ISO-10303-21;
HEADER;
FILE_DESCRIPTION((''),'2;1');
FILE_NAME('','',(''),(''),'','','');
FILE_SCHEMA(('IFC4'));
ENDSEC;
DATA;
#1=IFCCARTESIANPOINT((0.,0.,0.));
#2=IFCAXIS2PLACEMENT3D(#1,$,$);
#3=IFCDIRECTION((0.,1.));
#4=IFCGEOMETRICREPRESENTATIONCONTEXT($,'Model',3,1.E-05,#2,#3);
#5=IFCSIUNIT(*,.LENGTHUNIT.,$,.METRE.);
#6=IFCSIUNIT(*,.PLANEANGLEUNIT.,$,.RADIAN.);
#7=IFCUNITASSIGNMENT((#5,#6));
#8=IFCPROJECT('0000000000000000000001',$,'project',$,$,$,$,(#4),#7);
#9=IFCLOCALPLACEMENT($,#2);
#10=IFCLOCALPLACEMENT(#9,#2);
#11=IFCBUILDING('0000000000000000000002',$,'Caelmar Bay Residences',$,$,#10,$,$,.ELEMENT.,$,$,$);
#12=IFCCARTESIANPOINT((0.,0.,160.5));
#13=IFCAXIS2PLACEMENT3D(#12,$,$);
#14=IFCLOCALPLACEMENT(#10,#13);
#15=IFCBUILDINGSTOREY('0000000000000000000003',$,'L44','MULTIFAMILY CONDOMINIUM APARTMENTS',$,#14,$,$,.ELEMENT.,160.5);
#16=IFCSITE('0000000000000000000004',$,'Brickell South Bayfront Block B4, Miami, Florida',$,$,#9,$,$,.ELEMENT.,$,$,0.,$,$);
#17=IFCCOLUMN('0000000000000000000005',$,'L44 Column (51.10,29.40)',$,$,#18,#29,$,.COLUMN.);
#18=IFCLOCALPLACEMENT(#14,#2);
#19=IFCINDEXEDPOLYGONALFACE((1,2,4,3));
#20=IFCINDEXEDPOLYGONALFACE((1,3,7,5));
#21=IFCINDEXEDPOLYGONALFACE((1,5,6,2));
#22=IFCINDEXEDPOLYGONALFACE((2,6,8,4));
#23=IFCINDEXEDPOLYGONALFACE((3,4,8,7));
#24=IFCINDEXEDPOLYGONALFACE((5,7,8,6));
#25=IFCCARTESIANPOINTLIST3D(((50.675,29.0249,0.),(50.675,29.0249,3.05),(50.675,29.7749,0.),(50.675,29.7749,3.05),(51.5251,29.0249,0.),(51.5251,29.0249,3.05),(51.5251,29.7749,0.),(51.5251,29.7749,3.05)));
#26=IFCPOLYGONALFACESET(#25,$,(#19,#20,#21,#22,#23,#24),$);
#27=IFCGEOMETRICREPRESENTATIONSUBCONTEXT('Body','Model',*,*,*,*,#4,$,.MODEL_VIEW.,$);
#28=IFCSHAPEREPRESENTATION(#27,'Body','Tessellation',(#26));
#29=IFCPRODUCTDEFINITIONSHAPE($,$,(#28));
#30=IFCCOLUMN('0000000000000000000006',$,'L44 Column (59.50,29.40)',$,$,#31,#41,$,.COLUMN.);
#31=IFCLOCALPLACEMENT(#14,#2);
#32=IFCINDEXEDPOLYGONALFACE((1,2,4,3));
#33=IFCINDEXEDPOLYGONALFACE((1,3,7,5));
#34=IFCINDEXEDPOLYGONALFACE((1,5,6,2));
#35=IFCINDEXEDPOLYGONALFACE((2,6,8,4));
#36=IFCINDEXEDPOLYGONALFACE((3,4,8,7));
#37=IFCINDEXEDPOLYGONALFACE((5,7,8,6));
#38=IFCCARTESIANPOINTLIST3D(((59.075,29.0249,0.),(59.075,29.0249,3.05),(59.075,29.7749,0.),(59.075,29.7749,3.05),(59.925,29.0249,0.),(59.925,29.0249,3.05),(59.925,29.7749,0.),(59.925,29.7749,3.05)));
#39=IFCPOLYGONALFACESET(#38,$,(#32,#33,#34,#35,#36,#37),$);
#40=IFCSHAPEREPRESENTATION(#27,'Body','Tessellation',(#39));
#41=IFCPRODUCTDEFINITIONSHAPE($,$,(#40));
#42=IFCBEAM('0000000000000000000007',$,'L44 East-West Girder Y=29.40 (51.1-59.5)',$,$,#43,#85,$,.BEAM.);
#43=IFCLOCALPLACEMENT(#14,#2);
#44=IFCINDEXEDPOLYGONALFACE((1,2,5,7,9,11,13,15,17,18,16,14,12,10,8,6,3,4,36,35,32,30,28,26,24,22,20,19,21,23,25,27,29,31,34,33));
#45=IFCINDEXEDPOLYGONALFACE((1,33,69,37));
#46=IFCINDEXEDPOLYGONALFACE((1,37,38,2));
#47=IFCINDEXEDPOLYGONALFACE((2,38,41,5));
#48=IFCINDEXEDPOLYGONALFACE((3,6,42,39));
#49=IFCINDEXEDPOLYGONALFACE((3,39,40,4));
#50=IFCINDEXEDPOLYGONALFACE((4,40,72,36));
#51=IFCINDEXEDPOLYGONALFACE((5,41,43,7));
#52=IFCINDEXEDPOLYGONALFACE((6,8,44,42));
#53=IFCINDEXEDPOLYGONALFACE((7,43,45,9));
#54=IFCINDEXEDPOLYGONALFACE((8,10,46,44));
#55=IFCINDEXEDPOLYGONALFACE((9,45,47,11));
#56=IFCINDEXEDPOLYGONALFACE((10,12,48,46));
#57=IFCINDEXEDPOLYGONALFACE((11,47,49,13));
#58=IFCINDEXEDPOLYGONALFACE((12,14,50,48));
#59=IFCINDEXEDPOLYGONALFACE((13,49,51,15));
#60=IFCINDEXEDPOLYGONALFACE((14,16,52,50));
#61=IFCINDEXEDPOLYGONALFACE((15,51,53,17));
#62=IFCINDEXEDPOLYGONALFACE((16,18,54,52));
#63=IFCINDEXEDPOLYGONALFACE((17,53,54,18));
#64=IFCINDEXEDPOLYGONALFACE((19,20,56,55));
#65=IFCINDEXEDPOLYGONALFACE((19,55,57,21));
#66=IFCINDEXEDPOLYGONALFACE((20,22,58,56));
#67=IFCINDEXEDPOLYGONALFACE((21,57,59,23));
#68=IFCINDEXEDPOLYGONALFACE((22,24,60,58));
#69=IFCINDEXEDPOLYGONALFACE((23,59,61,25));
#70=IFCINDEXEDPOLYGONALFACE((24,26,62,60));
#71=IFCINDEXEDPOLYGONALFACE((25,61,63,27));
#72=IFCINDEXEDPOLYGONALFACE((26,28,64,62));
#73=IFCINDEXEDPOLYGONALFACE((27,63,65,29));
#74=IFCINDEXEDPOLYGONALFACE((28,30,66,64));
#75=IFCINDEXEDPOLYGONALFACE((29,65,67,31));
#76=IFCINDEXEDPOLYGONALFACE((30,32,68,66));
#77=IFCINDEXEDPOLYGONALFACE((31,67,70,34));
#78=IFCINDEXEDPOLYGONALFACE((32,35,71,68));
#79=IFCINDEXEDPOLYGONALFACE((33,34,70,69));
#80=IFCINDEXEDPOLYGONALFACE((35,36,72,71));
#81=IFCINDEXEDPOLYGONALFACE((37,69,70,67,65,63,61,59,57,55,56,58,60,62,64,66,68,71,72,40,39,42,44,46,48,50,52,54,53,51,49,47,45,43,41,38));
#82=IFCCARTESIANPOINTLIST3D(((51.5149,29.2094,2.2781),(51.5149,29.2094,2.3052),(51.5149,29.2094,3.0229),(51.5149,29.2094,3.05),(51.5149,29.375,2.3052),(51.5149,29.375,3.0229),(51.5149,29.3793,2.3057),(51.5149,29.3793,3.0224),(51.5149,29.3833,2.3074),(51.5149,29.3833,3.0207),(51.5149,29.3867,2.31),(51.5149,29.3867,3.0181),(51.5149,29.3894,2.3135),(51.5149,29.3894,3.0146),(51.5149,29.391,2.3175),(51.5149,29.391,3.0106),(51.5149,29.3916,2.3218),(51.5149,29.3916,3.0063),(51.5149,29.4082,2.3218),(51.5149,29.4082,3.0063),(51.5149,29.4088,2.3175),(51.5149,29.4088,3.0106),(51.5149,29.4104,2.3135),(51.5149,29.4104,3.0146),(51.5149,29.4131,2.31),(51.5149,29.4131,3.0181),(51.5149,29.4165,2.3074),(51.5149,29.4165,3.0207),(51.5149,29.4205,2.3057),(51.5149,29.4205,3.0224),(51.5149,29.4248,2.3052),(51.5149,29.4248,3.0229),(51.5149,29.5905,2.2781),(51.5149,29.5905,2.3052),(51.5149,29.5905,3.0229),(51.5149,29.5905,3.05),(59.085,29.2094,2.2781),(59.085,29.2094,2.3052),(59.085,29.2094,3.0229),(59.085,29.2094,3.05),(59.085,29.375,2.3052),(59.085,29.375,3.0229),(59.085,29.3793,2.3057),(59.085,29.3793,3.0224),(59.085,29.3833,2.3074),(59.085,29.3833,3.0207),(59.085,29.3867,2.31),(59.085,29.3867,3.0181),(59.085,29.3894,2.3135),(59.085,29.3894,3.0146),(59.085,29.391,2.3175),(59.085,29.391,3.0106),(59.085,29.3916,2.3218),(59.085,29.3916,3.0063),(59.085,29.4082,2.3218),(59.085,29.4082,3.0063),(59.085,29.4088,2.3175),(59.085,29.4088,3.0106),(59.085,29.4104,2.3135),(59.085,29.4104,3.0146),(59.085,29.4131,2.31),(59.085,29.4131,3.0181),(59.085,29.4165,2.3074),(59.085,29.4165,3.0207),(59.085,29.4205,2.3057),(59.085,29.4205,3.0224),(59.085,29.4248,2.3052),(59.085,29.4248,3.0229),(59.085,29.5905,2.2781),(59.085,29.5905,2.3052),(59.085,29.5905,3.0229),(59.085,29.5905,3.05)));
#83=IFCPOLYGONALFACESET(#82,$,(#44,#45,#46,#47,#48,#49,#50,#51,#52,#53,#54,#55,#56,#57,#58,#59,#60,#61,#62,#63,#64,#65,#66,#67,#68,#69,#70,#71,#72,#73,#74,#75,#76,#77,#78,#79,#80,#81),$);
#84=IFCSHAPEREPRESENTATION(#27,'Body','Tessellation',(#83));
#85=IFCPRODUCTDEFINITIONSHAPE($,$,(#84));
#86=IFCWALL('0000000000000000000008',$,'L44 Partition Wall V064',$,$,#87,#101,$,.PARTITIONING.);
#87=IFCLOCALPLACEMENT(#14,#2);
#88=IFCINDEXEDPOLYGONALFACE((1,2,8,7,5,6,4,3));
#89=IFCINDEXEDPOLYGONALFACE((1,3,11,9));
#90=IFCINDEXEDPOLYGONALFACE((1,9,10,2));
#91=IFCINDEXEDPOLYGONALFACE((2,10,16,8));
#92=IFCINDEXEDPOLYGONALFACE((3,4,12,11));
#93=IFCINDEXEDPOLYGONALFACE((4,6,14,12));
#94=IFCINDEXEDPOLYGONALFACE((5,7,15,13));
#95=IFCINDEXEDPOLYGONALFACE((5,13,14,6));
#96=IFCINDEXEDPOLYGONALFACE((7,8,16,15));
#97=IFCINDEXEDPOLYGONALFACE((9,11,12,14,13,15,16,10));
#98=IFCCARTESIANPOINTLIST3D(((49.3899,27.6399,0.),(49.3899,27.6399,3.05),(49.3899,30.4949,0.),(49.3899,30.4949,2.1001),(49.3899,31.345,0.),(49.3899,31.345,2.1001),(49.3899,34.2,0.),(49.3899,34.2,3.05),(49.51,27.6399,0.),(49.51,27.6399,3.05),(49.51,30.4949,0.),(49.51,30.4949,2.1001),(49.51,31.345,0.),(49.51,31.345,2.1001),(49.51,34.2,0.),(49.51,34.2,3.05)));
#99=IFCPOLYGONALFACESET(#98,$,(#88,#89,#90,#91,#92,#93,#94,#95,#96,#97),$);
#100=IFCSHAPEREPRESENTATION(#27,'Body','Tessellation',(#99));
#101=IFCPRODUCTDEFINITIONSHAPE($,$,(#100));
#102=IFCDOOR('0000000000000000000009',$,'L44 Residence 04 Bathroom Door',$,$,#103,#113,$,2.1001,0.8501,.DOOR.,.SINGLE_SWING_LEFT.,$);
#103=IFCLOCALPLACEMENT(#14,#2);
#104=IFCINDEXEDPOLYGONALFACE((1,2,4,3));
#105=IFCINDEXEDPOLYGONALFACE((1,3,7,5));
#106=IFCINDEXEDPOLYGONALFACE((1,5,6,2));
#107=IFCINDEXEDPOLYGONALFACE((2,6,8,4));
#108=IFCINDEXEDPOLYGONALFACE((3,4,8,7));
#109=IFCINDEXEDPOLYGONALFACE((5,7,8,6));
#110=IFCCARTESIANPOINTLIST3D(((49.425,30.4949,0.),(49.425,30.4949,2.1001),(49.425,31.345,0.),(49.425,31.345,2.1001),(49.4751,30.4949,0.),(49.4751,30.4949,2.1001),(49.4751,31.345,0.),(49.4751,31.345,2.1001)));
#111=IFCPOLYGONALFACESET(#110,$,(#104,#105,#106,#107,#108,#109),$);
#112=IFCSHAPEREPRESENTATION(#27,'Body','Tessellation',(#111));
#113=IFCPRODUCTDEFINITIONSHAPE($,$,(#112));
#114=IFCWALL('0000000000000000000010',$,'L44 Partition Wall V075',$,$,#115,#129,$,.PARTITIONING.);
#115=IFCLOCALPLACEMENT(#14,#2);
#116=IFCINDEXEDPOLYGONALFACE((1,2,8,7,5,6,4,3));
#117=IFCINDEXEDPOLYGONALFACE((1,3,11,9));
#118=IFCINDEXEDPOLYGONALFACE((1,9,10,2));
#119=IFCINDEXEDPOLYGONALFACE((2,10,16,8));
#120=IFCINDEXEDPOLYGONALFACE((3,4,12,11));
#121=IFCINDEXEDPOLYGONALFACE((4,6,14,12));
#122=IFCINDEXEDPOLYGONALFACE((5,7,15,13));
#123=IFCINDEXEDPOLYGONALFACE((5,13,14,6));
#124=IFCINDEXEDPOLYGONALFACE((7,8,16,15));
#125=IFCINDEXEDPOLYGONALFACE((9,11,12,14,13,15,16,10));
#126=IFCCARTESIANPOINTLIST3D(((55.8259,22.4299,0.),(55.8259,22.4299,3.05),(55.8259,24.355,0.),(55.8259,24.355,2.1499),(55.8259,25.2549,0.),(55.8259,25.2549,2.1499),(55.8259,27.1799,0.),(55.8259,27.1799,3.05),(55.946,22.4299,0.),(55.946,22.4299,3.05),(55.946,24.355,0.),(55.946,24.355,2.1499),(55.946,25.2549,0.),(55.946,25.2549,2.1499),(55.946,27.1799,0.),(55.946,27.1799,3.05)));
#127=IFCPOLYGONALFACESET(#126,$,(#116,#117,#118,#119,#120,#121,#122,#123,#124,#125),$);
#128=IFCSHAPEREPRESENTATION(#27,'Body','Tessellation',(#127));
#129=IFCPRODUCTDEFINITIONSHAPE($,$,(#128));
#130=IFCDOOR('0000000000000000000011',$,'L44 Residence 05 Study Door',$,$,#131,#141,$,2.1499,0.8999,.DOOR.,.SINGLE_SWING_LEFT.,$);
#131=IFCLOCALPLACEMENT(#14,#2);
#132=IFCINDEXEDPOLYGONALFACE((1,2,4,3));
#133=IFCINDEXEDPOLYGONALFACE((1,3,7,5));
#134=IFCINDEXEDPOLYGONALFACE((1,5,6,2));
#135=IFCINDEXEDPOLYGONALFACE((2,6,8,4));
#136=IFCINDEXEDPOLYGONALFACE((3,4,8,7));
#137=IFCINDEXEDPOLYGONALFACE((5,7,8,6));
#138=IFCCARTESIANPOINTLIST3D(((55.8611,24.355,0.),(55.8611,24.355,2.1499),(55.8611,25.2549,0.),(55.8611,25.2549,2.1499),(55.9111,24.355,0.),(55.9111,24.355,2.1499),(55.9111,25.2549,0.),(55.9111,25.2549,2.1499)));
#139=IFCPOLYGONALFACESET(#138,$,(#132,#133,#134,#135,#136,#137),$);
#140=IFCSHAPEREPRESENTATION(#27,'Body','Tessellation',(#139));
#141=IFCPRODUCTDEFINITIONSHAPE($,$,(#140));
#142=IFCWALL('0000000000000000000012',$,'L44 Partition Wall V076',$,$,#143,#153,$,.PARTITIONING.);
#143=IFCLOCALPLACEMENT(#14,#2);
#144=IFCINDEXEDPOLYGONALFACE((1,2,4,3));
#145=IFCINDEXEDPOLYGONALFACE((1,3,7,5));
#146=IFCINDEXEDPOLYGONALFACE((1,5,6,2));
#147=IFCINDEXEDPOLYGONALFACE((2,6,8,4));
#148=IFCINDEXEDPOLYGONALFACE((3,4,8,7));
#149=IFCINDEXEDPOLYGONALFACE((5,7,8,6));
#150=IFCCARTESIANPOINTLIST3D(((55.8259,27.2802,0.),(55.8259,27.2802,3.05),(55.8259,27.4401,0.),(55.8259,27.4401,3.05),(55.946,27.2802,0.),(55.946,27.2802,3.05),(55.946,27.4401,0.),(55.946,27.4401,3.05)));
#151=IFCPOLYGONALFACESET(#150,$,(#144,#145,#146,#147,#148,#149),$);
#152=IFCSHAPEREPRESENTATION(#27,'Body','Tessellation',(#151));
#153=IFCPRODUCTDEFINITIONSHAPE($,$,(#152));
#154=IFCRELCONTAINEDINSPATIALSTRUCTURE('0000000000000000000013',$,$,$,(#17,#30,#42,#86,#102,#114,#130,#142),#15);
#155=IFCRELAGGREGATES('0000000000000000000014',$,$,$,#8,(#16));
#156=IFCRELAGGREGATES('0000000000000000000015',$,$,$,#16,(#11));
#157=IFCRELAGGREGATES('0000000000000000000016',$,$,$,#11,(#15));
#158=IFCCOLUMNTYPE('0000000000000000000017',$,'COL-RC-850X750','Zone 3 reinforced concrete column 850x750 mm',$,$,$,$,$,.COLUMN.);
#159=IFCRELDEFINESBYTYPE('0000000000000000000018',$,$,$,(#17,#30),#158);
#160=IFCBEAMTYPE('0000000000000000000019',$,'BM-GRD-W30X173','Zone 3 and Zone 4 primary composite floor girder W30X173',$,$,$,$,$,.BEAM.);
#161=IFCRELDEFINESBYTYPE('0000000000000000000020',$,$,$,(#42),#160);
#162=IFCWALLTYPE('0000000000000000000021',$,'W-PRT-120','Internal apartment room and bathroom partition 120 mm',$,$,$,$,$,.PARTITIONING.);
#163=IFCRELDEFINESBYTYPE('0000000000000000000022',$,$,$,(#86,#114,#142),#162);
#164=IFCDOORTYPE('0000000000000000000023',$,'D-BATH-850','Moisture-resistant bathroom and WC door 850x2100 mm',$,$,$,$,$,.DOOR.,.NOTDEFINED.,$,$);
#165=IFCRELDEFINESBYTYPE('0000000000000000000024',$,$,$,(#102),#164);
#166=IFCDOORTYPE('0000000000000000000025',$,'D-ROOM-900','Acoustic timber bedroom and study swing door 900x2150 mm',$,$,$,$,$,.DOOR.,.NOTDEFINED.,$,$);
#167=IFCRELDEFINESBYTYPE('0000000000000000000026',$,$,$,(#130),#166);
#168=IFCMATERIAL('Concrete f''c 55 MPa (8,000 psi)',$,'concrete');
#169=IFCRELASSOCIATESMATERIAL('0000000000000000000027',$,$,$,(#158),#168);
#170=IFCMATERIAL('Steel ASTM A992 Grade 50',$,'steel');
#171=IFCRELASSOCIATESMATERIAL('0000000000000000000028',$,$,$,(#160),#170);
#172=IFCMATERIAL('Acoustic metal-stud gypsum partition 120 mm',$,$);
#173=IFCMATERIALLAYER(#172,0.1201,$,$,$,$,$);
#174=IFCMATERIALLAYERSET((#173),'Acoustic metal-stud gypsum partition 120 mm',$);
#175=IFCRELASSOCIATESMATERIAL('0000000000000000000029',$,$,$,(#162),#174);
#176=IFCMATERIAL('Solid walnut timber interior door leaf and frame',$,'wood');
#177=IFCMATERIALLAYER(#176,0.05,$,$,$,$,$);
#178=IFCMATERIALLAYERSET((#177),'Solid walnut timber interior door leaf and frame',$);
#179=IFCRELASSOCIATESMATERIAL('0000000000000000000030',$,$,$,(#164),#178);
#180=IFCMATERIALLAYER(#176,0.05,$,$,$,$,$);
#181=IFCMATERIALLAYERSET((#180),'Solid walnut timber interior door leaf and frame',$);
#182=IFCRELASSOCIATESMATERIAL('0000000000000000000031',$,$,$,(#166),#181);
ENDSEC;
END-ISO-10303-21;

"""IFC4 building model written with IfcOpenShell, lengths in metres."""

from ifc_helpers import new_model, si_unit, direction, frame, frame_2d, origin, origin_2d, place, context, subcontext, project, spatial, rectangle, i_section, extrude, material, layer, layer_set, material_profile, profile_set, type_object, element, fill, save


model = new_model("IFC4")

# Units and contexts
model_context = context("Model", 3, precision=1e-05, world=origin(), true_north=direction((0.0, 1.0)))
body_context = subcontext(model_context, "Body", "Model", "MODEL_VIEW")
ifc_project = project(units=[si_unit("LENGTHUNIT", "METRE"), si_unit("PLANEANGLEUNIT", "RADIAN")], contexts=[model_context])

# Site, building, storey
site_placement = place(None, origin())
site = spatial("IfcSite", under=ifc_project, at=site_placement, Name="Brickell South Bayfront Block B4, Miami, Florida", CompositionType="ELEMENT", RefElevation=0.0)
building_placement = place(site_placement, origin())
building = spatial("IfcBuilding", under=site, at=building_placement, Name="Caelmar Bay Residences", CompositionType="ELEMENT")
storey_placement = place(building_placement, frame((0.0, 0.0, 160.5)))
storey = spatial("IfcBuildingStorey", under=building, at=storey_placement, Name="L44", Description="MULTIFAMILY CONDOMINIUM APARTMENTS", CompositionType="ELEMENT", Elevation=160.5)

# Columns
ifc_material_1 = material(Name="Concrete f'c 55 MPa (8,000 psi)", Category="concrete")
ifc_material_profile_1 = material_profile(ifc_material_1, rectangle(XDim=0.8501, YDim=0.75, at=origin_2d()), Name="RC-COL-850X750")
ifc_profile_set_1 = profile_set([ifc_material_profile_1], Name="Concrete f'c 55 MPa (8,000 psi)")
column_type = type_object("IfcColumnType", Name="COL-RC-850X750", Description="Zone 3 reinforced concrete column 850x750 mm", PredefinedType="COLUMN", material=ifc_profile_set_1)
for number, where, z_axis, x_axis, name in (
    (1, (51.1001, 29.3999, 0.0), (0.0, 0.0, 1.0), (1.0, 0.0, 0.0), "L44 Column (51.10,29.40)"),
    (2, (59.5, 29.3999, 0.0), (0.0, 0.0, 1.0), (1.0, 0.0, 0.0), "L44 Column (59.50,29.40)"),
):
    element("IfcColumn", number, at=place(storey_placement, frame(where, z_axis=z_axis, x_axis=x_axis)), inside=storey, type_object=column_type, Name=name, PredefinedType="COLUMN", context=body_context, shape_type="SweptSolid", body=[
        extrude(rectangle(XDim=0.8501, YDim=0.75, at=origin_2d()), origin(), (0.0, 0.0, 1.0), 3.05),
    ])

# Beam
ifc_material_2 = material(Name="Steel ASTM A992 Grade 50", Category="steel")
ifc_material_profile_2 = material_profile(ifc_material_2, i_section(OverallWidth=0.3811, OverallDepth=0.772, WebThickness=0.0166, FlangeThickness=0.0271, FilletRadius=0.0166, at=origin_2d()), Name="W30X173")
ifc_profile_set_2 = profile_set([ifc_material_profile_2], Name="Steel ASTM A992 Grade 50")
beam_type = type_object("IfcBeamType", Name="BM-GRD-W30X173", Description="Zone 3 and Zone 4 primary composite floor girder W30X173", PredefinedType="BEAM", material=ifc_profile_set_2)
beam_placement = place(storey_placement, frame((51.5149, 29.3999, 2.6641), z_axis=(1.0, 0.0, 0.0), x_axis=(0.0, 1.0, 0.0)))
element("IfcBeam", 3, at=beam_placement, inside=storey, type_object=beam_type, Name="L44 East-West Girder Y=29.40 (51.1-59.5)", PredefinedType="BEAM", context=body_context, shape_type="SweptSolid", body=[
    extrude(i_section(OverallWidth=0.3811, OverallDepth=0.772, WebThickness=0.0166, FlangeThickness=0.0271, FilletRadius=0.0166, at=origin_2d()), origin(), (0.0, 0.0, 1.0), 7.5701),
])

# Walls, openings, doors
ifc_material_3 = material(Name="Acoustic metal-stud gypsum partition 120 mm")
ifc_layer_1 = layer(ifc_material_3, 0.1201)
ifc_layer_set_1 = layer_set([ifc_layer_1], Name="Acoustic metal-stud gypsum partition 120 mm")
wall_type_1 = type_object("IfcWallType", Name="W-PRT-120", Description="Internal apartment room and bathroom partition 120 mm", PredefinedType="PARTITIONING", material=ifc_layer_set_1)
wall_1_placement = place(storey_placement, frame((49.45, 27.6399, 0.0), z_axis=(0.0, 0.0, 1.0), x_axis=(0.0, 1.0, 0.0)))
wall_1 = element("IfcWall", 4, at=wall_1_placement, inside=storey, type_object=wall_type_1, Name="L44 Partition Wall V064", PredefinedType="PARTITIONING", context=body_context, shape_type="SweptSolid", body=[
    extrude(rectangle(XDim=6.5601, YDim=0.1201, at=frame_2d((3.28, 0.0))), origin(), (0.0, 0.0, 1.0), 3.05),
])
opening_1_placement = place(wall_1_placement, frame((2.855, 0.0, 0.0)))
opening_1 = element("IfcOpeningElement", 5, at=opening_1_placement, cuts=wall_1, PredefinedType="OPENING", context=body_context, shape_type="SweptSolid", body=[
    extrude(rectangle(XDim=0.8501, YDim=2.1001, at=frame_2d((0.425, 1.05))), frame((0.0, 0.0701, 0.0), z_axis=(0.0, -1.0, 0.0), x_axis=(1.0, 0.0, 0.0)), (0.0, 0.0, 1.0), 0.1401),
])
ifc_material_4 = material(Name="Solid walnut timber interior door leaf and frame", Category="wood")
ifc_layer_2 = layer(ifc_material_4, 0.05)
ifc_layer_set_2 = layer_set([ifc_layer_2], Name="Solid walnut timber interior door leaf and frame")
door_type_1 = type_object("IfcDoorType", Name="D-BATH-850", Description="Moisture-resistant bathroom and WC door 850x2100 mm", OperationType="NOTDEFINED", PredefinedType="DOOR", material=ifc_layer_set_2)
door_1_placement = place(opening_1_placement, origin())
door_1 = element("IfcDoor", 6, at=door_1_placement, inside=storey, type_object=door_type_1, Name="L44 Residence 04 Bathroom Door", OperationType="SINGLE_SWING_LEFT", OverallHeight=2.1001, OverallWidth=0.8501, PredefinedType="DOOR", context=body_context, shape_type="SweptSolid", body=[
    extrude(rectangle(XDim=0.8501, YDim=2.1001, at=frame_2d((0.425, 1.05))), frame((0.0, 0.0249, 0.0), z_axis=(0.0, -1.0, 0.0), x_axis=(1.0, 0.0, 0.0)), (0.0, 0.0, 1.0), 0.05),
])
fill(opening_1, door_1)
wall_2_placement = place(storey_placement, frame((55.886, 22.4299, 0.0), z_axis=(0.0, 0.0, 1.0), x_axis=(0.0, 1.0, 0.0)))
wall_2 = element("IfcWall", 7, at=wall_2_placement, inside=storey, type_object=wall_type_1, Name="L44 Partition Wall V075", PredefinedType="PARTITIONING", context=body_context, shape_type="SweptSolid", body=[
    extrude(rectangle(XDim=4.75, YDim=0.1201, at=frame_2d((2.375, 0.0))), origin(), (0.0, 0.0, 1.0), 3.05),
])
opening_2_placement = place(wall_2_placement, frame((1.925, 0.0, 0.0)))
opening_2 = element("IfcOpeningElement", 8, at=opening_2_placement, cuts=wall_2, PredefinedType="OPENING", context=body_context, shape_type="SweptSolid", body=[
    extrude(rectangle(XDim=0.8999, YDim=2.1499, at=frame_2d((0.45, 1.075))), frame((0.0, 0.0701, 0.0), z_axis=(0.0, -1.0, 0.0), x_axis=(1.0, 0.0, 0.0)), (0.0, 0.0, 1.0), 0.1401),
])
ifc_layer_3 = layer(ifc_material_4, 0.05)
ifc_layer_set_3 = layer_set([ifc_layer_3], Name="Solid walnut timber interior door leaf and frame")
door_type_2 = type_object("IfcDoorType", Name="D-ROOM-900", Description="Acoustic timber bedroom and study swing door 900x2150 mm", OperationType="NOTDEFINED", PredefinedType="DOOR", material=ifc_layer_set_3)
door_2_placement = place(opening_2_placement, origin())
door_2 = element("IfcDoor", 9, at=door_2_placement, inside=storey, type_object=door_type_2, Name="L44 Residence 05 Study Door", OperationType="SINGLE_SWING_LEFT", OverallHeight=2.1499, OverallWidth=0.8999, PredefinedType="DOOR", context=body_context, shape_type="SweptSolid", body=[
    extrude(rectangle(XDim=0.8999, YDim=2.1499, at=frame_2d((0.45, 1.075))), frame((0.0, 0.0249, 0.0), z_axis=(0.0, -1.0, 0.0), x_axis=(1.0, 0.0, 0.0)), (0.0, 0.0, 1.0), 0.05),
])
fill(opening_2, door_2)

# Wall
wall_3_placement = place(storey_placement, frame((55.886, 27.28, 0.0), z_axis=(0.0, 0.0, 1.0), x_axis=(0.0, 1.0, 0.0)))
element("IfcWall", 10, at=wall_3_placement, inside=storey, type_object=wall_type_1, Name="L44 Partition Wall V076", PredefinedType="PARTITIONING", context=body_context, shape_type="SweptSolid", body=[
    extrude(rectangle(XDim=0.1599, YDim=0.1201, at=frame_2d((0.0801, 0.0))), origin(), (0.0, 0.0, 1.0), 3.05),
])

save(model, "model.ifc")
